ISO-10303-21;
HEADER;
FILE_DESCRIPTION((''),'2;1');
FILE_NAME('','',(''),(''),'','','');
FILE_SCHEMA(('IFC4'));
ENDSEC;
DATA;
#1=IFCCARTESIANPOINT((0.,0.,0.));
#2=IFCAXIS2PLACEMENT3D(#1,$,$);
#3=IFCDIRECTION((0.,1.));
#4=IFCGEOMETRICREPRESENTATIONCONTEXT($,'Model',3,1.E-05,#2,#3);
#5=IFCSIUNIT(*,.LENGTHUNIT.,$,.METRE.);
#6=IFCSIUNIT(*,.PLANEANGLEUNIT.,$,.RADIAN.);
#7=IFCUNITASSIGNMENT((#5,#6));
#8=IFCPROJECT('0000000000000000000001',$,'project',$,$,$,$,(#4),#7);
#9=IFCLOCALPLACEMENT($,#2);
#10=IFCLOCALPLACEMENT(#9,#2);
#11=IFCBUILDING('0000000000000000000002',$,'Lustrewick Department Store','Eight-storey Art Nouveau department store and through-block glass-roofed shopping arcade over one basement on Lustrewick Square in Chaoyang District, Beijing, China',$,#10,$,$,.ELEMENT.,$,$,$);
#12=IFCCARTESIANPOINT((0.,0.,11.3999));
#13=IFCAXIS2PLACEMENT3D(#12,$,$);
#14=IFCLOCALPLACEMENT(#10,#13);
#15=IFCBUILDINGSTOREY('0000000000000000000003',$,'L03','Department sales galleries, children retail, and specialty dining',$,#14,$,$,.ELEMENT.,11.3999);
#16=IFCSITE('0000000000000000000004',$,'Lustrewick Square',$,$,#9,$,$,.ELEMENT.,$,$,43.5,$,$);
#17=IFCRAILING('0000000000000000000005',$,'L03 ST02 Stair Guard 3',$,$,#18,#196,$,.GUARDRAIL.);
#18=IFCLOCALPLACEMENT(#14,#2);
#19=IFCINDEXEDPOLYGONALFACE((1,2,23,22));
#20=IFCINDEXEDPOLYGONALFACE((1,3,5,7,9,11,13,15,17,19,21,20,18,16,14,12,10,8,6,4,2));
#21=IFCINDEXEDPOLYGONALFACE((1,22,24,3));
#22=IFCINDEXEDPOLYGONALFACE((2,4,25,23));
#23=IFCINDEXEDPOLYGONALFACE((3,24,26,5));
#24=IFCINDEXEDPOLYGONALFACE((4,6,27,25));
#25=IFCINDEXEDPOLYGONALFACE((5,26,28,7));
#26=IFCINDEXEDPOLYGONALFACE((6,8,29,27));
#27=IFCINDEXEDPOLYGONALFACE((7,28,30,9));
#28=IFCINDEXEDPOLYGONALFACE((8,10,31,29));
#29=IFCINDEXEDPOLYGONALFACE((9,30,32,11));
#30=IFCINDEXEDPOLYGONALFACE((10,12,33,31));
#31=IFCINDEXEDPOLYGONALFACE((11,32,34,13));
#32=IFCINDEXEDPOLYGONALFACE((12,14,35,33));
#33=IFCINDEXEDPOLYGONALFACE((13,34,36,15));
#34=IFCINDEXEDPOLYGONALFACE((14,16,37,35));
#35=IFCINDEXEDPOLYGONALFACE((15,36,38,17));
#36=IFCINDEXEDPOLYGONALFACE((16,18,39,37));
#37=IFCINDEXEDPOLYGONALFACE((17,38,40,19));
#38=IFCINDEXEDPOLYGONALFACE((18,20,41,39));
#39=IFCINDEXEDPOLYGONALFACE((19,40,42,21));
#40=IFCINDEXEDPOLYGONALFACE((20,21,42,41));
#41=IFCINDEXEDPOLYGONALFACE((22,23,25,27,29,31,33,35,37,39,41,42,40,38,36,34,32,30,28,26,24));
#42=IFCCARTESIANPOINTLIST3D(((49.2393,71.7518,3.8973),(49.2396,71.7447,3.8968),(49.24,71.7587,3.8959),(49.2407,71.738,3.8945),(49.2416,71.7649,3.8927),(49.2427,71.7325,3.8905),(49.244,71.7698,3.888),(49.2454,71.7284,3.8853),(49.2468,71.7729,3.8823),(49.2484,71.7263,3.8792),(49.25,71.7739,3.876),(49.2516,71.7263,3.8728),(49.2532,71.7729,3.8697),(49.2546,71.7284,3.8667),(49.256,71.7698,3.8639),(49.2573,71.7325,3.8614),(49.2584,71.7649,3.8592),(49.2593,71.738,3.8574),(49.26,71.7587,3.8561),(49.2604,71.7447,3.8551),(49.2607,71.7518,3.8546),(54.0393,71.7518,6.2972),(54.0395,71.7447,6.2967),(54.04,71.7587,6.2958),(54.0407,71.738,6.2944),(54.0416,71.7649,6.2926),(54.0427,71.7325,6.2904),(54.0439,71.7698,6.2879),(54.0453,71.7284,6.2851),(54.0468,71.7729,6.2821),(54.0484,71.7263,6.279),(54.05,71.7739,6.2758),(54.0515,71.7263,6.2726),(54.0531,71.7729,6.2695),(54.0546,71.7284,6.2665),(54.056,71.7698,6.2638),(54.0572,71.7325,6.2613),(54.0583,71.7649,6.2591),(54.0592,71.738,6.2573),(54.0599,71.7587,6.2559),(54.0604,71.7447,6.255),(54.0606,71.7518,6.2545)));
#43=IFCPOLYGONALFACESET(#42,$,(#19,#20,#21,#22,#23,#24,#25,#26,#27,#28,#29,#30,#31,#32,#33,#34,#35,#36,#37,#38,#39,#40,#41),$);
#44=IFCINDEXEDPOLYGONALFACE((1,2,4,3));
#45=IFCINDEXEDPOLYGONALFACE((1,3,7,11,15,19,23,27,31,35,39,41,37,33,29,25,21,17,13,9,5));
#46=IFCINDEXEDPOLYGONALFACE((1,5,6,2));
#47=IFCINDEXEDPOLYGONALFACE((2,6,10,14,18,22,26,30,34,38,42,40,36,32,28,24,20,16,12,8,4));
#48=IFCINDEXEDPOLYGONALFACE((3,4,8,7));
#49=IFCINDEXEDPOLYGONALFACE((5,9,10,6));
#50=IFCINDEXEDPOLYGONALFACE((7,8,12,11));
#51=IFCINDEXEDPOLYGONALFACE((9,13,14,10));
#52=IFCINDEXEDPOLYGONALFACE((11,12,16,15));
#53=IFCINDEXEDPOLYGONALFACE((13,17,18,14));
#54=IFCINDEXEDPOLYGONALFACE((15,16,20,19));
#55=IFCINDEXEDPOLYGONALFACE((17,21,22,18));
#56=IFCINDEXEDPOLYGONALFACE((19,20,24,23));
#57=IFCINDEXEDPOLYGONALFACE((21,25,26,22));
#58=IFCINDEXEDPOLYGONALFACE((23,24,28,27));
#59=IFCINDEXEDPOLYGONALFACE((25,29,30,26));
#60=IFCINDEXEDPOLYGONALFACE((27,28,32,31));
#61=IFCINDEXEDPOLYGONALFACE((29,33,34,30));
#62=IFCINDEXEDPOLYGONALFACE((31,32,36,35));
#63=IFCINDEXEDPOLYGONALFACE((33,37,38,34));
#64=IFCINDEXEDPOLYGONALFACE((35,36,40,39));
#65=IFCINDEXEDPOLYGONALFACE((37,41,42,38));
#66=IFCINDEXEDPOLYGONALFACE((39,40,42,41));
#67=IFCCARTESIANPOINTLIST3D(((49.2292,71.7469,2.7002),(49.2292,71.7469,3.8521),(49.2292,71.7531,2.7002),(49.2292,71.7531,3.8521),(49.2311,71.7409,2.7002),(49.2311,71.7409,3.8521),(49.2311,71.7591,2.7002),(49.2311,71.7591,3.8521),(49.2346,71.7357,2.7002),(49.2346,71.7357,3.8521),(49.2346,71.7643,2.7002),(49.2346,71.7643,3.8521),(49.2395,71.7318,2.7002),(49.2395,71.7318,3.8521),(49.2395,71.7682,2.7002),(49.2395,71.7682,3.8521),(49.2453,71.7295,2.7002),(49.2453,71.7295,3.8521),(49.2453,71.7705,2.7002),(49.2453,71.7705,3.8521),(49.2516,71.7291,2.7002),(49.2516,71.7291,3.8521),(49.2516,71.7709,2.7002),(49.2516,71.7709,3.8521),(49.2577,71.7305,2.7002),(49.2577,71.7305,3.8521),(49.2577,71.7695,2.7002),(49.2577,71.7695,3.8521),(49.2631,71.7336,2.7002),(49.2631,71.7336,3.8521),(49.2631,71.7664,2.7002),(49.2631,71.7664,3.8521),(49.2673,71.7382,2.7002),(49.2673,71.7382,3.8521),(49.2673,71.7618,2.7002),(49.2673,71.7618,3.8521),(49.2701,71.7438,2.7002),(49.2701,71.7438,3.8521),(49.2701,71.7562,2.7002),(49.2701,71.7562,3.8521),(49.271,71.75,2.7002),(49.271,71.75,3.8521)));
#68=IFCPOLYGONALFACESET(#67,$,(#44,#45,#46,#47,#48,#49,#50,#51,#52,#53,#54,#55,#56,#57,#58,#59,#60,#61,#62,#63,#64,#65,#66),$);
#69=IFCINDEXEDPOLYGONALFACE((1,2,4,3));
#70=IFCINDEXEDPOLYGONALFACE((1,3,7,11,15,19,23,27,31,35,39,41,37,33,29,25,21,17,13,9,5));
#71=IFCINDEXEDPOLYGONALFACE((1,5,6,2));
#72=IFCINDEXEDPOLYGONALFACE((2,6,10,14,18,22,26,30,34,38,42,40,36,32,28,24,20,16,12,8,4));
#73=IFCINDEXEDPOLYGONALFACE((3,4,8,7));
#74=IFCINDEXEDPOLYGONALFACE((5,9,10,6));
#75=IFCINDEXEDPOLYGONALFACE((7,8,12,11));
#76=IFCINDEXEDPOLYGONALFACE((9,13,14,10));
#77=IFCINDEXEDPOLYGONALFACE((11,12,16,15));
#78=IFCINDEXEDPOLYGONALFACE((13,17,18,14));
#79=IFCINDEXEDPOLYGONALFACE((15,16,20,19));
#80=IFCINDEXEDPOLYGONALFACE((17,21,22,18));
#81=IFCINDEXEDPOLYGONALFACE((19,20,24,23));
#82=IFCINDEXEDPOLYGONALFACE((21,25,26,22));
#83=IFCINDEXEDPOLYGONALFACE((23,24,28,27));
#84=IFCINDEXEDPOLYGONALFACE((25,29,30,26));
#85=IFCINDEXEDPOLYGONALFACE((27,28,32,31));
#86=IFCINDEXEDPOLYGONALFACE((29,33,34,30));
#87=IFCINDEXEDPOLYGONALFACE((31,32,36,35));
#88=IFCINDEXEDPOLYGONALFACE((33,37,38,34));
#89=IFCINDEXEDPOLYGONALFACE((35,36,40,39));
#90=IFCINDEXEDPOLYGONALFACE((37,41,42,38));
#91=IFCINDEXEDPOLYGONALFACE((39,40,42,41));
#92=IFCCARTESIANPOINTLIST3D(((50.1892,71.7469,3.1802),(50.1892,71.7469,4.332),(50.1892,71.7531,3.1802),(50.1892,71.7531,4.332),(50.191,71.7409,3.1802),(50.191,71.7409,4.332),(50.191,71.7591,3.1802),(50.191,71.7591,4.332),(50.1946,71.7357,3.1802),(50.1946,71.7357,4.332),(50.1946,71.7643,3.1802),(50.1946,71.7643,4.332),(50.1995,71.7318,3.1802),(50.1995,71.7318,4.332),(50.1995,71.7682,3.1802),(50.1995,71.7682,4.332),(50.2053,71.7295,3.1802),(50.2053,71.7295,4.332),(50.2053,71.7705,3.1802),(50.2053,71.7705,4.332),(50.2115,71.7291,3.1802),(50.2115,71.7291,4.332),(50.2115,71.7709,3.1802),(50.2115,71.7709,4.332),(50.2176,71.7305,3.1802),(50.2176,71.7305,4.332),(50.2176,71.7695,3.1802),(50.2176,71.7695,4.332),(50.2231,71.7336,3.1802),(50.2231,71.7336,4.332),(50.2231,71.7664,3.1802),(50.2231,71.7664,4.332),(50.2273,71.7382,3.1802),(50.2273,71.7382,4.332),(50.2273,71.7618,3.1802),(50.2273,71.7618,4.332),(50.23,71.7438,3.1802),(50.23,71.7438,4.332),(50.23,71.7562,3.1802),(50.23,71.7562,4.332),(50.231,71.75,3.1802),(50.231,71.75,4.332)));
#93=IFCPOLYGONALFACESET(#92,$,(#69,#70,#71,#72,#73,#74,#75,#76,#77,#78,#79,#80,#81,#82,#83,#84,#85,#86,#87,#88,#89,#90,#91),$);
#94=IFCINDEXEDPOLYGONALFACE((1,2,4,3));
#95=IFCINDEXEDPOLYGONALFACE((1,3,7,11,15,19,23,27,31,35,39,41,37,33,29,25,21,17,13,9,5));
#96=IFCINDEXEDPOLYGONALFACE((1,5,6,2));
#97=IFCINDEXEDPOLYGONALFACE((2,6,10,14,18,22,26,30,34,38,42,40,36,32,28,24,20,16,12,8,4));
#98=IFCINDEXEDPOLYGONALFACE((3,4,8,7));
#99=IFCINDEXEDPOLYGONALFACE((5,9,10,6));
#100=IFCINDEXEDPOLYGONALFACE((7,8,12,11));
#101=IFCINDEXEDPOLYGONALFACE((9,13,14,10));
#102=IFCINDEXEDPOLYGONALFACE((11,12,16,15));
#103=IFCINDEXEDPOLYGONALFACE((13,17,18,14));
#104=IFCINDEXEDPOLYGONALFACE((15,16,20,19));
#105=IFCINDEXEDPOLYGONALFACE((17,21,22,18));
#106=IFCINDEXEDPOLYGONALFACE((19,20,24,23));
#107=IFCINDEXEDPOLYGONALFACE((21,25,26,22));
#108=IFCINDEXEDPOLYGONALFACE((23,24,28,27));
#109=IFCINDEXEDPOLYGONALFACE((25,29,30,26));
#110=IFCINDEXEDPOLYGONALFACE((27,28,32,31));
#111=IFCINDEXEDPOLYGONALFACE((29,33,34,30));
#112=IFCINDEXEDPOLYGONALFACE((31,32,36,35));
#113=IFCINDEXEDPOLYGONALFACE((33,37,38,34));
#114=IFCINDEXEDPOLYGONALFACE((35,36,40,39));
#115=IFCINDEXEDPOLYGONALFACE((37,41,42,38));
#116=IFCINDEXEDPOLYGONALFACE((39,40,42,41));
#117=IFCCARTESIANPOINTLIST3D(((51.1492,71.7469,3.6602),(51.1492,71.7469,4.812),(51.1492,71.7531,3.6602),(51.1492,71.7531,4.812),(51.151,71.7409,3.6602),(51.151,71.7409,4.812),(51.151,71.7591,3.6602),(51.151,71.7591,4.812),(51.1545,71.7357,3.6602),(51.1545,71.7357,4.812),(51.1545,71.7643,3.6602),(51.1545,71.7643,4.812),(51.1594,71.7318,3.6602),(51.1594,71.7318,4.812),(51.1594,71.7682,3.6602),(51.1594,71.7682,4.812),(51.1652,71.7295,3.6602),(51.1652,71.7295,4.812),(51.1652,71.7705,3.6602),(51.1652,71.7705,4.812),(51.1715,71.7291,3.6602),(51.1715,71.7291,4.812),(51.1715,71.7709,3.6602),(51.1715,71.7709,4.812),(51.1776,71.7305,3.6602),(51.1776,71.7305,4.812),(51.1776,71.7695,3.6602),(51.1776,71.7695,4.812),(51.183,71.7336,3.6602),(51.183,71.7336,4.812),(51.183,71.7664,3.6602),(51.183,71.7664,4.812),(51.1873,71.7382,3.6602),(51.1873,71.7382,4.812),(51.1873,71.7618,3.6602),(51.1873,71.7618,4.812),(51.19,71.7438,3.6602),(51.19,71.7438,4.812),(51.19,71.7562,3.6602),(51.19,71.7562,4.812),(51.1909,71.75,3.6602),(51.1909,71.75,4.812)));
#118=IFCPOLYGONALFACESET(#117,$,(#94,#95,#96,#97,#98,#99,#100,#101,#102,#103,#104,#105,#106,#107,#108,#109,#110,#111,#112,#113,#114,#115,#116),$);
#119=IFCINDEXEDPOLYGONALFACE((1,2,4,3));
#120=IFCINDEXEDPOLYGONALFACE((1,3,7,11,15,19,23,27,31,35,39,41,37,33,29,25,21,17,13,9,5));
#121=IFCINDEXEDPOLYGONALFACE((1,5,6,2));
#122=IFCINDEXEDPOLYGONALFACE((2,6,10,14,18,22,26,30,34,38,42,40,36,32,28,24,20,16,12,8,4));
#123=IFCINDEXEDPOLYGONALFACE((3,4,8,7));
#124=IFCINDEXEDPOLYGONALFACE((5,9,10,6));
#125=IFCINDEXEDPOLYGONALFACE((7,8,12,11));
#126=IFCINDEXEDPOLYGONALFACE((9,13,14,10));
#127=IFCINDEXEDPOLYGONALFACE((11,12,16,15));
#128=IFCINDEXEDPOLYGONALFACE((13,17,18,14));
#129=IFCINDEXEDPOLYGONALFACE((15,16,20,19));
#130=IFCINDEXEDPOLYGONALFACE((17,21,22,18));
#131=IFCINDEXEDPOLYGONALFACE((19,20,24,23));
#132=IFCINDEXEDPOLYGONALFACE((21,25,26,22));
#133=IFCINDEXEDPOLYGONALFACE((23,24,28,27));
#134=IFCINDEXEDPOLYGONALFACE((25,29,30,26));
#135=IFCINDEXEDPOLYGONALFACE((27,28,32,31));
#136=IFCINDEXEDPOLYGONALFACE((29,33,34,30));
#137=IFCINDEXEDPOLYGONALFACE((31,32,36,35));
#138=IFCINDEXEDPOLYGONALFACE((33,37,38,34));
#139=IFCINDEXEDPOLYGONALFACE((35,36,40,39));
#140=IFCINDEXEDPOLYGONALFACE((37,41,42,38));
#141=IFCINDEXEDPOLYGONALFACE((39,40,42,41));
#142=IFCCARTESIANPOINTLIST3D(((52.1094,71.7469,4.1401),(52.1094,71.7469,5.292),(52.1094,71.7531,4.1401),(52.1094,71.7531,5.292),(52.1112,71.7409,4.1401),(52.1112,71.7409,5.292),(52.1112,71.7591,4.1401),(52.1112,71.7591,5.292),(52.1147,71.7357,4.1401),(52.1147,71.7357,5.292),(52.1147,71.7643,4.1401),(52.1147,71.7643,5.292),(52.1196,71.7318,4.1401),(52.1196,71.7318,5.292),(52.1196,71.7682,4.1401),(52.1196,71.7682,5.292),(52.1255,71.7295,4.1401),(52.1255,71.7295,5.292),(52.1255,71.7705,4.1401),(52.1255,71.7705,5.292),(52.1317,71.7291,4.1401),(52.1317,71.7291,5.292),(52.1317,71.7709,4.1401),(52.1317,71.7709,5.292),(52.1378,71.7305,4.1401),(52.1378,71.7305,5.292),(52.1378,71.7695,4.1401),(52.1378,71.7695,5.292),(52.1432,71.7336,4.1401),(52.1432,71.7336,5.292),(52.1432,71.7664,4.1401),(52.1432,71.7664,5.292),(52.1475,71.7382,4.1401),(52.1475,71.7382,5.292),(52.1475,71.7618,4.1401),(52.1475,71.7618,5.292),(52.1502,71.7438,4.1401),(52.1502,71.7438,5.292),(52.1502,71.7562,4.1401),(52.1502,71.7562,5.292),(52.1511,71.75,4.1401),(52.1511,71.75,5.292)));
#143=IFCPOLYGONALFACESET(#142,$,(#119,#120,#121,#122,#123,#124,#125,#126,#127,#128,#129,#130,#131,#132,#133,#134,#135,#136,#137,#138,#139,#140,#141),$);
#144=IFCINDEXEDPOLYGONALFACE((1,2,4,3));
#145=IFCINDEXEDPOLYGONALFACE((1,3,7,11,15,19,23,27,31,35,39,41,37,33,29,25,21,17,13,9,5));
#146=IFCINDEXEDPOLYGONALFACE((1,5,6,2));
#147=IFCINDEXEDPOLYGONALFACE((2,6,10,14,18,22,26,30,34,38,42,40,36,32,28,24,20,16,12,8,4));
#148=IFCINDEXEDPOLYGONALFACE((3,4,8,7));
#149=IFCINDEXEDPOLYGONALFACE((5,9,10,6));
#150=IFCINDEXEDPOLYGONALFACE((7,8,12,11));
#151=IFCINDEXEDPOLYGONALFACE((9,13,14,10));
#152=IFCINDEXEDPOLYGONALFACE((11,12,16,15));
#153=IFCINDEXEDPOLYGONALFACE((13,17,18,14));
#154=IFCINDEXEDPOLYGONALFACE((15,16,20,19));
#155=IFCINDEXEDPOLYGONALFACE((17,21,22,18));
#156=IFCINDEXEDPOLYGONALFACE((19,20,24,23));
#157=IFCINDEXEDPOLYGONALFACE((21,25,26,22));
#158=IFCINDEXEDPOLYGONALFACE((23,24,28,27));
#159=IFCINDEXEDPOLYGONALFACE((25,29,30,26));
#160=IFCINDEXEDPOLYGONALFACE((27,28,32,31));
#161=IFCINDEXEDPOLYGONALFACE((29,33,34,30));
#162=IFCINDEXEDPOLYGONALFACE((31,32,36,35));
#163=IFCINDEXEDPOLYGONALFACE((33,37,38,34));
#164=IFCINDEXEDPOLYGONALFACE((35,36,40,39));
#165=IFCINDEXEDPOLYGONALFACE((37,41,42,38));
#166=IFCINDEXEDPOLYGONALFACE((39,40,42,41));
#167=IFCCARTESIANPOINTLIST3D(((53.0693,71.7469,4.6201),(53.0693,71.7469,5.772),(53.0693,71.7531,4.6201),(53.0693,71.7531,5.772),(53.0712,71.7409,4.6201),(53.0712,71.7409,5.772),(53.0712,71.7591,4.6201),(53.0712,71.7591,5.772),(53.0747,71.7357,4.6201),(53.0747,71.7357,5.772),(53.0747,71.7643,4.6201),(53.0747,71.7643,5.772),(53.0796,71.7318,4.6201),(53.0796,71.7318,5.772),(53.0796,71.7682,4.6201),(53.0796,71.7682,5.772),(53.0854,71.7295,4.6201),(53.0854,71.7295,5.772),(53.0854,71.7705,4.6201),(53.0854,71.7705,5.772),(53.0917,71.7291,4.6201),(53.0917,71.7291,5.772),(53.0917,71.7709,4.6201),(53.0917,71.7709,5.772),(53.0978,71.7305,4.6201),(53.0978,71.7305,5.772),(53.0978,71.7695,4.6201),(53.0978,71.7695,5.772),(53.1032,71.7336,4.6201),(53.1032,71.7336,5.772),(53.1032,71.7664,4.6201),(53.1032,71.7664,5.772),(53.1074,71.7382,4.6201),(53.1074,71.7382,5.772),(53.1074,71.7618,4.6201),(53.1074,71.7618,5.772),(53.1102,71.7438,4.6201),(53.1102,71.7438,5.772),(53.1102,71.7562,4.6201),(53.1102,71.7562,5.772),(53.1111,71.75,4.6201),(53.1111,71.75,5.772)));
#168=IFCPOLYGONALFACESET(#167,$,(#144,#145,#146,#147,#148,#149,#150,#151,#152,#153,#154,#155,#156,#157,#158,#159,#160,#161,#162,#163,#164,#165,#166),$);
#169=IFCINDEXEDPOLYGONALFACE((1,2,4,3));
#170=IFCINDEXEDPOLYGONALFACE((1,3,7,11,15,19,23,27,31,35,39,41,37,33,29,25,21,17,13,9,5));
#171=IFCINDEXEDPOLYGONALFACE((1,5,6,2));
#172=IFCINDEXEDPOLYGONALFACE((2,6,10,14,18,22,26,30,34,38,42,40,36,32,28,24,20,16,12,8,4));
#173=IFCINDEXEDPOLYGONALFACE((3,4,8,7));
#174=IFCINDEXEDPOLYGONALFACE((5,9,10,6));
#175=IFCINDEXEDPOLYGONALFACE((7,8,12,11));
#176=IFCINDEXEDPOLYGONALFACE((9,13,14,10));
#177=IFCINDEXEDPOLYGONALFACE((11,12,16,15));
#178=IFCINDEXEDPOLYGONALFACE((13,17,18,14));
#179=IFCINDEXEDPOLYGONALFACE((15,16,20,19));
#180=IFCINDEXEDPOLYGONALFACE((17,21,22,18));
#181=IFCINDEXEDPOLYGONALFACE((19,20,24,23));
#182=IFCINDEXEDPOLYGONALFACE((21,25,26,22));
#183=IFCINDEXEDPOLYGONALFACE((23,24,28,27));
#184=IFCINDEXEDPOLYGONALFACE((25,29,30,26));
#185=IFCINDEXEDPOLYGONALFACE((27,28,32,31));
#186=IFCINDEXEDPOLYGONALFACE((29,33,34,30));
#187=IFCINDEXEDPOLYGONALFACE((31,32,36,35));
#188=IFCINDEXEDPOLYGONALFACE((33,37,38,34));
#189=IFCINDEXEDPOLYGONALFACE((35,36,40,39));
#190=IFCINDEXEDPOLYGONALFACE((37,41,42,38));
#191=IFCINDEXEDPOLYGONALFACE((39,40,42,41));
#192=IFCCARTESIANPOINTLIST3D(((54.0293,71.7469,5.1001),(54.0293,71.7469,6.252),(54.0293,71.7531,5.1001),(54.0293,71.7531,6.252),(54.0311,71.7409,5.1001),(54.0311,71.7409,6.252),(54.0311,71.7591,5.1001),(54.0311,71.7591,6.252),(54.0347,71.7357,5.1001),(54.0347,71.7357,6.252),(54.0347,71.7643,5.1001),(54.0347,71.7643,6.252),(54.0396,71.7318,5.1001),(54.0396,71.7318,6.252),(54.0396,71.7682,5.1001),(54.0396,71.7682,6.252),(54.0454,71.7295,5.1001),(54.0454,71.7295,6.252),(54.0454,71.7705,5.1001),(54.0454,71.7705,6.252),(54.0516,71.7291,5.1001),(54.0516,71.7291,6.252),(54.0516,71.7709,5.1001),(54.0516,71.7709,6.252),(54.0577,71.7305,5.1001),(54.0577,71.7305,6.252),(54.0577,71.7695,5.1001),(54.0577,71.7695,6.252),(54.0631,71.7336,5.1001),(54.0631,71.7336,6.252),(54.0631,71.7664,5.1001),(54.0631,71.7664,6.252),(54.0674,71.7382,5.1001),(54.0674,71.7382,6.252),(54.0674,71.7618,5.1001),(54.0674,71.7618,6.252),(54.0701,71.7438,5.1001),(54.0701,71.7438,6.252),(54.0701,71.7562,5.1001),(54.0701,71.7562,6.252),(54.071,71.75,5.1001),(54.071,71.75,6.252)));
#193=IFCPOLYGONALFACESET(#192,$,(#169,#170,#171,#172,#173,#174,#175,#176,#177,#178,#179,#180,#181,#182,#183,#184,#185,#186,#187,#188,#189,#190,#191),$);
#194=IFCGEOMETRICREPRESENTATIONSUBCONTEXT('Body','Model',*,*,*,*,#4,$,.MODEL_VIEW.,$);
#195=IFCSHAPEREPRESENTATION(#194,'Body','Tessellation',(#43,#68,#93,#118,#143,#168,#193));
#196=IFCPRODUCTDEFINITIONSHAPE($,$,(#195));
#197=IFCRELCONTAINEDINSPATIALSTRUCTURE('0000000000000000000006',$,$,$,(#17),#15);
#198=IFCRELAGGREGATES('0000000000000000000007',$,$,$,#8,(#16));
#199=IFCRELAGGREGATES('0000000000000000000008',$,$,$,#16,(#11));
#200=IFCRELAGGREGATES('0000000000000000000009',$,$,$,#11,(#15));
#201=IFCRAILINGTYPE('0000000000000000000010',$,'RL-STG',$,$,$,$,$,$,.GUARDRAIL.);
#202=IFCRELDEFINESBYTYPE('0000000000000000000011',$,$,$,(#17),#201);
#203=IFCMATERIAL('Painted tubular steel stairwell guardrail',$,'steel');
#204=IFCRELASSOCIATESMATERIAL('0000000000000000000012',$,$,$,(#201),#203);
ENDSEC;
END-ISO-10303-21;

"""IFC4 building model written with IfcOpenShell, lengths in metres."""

from ifc_helpers import new_model, si_unit, direction, frame, origin, origin_2d, place, context, subcontext, project, spatial, circle, extrude, material, type_object, element, save


model = new_model("IFC4")

# Units and contexts
model_context = context("Model", 3, precision=1e-05, world=origin(), true_north=direction((0.0, 1.0)))
body_context = subcontext(model_context, "Body", "Model", "MODEL_VIEW")
ifc_project = project(units=[si_unit("LENGTHUNIT", "METRE"), si_unit("PLANEANGLEUNIT", "RADIAN")], contexts=[model_context])

# Site, building, storey
site_placement = place(None, origin())
site = spatial("IfcSite", under=ifc_project, at=site_placement, Name="Lustrewick Square", CompositionType="ELEMENT", RefElevation=43.5)
building_placement = place(site_placement, origin())
building = spatial("IfcBuilding", under=site, at=building_placement, Name="Lustrewick Department Store", Description="Eight-storey Art Nouveau department store and through-block glass-roofed shopping arcade over one basement on Lustrewick Square in Chaoyang District, Beijing, China", CompositionType="ELEMENT")
storey_placement = place(building_placement, frame((0.0, 0.0, 11.3999)))
storey = spatial("IfcBuildingStorey", under=building, at=storey_placement, Name="L03", Description="Department sales galleries, children retail, and specialty dining", CompositionType="ELEMENT", Elevation=11.3999)

# Railing
ifc_material_1 = material(Name="Painted tubular steel stairwell guardrail", Category="steel")
railing_type_1 = type_object("IfcRailingType", Name="RL-STG", PredefinedType="GUARDRAIL", material=ifc_material_1)
railing_1_placement = place(storey_placement, frame((49.25, 71.75, 2.7002)))
element("IfcRailing", 1, at=railing_1_placement, inside=storey, type_object=railing_type_1, Name="L03 ST02 Stair Guard 3", PredefinedType="GUARDRAIL", context=body_context, shape_type="SweptSolid", body=[
    extrude(circle(Radius=0.0239, at=origin_2d()), frame((0.0, 0.0, 1.1758), z_axis=(0.894436, 0.0, 0.447195), x_axis=(0.0, 1.0, 0.0)), (0.0, 0.0, 1.0), 5.3665),
    extrude(circle(Radius=0.021, at=origin_2d()), origin(), (0.0, 0.0, 1.0), 1.1519),
    extrude(circle(Radius=0.021, at=origin_2d()), frame((0.96, 0.0, 0.48)), (0.0, 0.0, 1.0), 1.1519),
    extrude(circle(Radius=0.021, at=origin_2d()), frame((1.9199, 0.0, 0.96)), (0.0, 0.0, 1.0), 1.1519),
    extrude(circle(Radius=0.021, at=origin_2d()), frame((2.8801, 0.0, 1.4399)), (0.0, 0.0, 1.0), 1.1519),
    extrude(circle(Radius=0.021, at=origin_2d()), frame((3.8401, 0.0, 1.9199)), (0.0, 0.0, 1.0), 1.1519),
    extrude(circle(Radius=0.021, at=origin_2d()), frame((4.8, 0.0, 2.3999)), (0.0, 0.0, 1.0), 1.1519),
])

save(model, "model.ifc")
